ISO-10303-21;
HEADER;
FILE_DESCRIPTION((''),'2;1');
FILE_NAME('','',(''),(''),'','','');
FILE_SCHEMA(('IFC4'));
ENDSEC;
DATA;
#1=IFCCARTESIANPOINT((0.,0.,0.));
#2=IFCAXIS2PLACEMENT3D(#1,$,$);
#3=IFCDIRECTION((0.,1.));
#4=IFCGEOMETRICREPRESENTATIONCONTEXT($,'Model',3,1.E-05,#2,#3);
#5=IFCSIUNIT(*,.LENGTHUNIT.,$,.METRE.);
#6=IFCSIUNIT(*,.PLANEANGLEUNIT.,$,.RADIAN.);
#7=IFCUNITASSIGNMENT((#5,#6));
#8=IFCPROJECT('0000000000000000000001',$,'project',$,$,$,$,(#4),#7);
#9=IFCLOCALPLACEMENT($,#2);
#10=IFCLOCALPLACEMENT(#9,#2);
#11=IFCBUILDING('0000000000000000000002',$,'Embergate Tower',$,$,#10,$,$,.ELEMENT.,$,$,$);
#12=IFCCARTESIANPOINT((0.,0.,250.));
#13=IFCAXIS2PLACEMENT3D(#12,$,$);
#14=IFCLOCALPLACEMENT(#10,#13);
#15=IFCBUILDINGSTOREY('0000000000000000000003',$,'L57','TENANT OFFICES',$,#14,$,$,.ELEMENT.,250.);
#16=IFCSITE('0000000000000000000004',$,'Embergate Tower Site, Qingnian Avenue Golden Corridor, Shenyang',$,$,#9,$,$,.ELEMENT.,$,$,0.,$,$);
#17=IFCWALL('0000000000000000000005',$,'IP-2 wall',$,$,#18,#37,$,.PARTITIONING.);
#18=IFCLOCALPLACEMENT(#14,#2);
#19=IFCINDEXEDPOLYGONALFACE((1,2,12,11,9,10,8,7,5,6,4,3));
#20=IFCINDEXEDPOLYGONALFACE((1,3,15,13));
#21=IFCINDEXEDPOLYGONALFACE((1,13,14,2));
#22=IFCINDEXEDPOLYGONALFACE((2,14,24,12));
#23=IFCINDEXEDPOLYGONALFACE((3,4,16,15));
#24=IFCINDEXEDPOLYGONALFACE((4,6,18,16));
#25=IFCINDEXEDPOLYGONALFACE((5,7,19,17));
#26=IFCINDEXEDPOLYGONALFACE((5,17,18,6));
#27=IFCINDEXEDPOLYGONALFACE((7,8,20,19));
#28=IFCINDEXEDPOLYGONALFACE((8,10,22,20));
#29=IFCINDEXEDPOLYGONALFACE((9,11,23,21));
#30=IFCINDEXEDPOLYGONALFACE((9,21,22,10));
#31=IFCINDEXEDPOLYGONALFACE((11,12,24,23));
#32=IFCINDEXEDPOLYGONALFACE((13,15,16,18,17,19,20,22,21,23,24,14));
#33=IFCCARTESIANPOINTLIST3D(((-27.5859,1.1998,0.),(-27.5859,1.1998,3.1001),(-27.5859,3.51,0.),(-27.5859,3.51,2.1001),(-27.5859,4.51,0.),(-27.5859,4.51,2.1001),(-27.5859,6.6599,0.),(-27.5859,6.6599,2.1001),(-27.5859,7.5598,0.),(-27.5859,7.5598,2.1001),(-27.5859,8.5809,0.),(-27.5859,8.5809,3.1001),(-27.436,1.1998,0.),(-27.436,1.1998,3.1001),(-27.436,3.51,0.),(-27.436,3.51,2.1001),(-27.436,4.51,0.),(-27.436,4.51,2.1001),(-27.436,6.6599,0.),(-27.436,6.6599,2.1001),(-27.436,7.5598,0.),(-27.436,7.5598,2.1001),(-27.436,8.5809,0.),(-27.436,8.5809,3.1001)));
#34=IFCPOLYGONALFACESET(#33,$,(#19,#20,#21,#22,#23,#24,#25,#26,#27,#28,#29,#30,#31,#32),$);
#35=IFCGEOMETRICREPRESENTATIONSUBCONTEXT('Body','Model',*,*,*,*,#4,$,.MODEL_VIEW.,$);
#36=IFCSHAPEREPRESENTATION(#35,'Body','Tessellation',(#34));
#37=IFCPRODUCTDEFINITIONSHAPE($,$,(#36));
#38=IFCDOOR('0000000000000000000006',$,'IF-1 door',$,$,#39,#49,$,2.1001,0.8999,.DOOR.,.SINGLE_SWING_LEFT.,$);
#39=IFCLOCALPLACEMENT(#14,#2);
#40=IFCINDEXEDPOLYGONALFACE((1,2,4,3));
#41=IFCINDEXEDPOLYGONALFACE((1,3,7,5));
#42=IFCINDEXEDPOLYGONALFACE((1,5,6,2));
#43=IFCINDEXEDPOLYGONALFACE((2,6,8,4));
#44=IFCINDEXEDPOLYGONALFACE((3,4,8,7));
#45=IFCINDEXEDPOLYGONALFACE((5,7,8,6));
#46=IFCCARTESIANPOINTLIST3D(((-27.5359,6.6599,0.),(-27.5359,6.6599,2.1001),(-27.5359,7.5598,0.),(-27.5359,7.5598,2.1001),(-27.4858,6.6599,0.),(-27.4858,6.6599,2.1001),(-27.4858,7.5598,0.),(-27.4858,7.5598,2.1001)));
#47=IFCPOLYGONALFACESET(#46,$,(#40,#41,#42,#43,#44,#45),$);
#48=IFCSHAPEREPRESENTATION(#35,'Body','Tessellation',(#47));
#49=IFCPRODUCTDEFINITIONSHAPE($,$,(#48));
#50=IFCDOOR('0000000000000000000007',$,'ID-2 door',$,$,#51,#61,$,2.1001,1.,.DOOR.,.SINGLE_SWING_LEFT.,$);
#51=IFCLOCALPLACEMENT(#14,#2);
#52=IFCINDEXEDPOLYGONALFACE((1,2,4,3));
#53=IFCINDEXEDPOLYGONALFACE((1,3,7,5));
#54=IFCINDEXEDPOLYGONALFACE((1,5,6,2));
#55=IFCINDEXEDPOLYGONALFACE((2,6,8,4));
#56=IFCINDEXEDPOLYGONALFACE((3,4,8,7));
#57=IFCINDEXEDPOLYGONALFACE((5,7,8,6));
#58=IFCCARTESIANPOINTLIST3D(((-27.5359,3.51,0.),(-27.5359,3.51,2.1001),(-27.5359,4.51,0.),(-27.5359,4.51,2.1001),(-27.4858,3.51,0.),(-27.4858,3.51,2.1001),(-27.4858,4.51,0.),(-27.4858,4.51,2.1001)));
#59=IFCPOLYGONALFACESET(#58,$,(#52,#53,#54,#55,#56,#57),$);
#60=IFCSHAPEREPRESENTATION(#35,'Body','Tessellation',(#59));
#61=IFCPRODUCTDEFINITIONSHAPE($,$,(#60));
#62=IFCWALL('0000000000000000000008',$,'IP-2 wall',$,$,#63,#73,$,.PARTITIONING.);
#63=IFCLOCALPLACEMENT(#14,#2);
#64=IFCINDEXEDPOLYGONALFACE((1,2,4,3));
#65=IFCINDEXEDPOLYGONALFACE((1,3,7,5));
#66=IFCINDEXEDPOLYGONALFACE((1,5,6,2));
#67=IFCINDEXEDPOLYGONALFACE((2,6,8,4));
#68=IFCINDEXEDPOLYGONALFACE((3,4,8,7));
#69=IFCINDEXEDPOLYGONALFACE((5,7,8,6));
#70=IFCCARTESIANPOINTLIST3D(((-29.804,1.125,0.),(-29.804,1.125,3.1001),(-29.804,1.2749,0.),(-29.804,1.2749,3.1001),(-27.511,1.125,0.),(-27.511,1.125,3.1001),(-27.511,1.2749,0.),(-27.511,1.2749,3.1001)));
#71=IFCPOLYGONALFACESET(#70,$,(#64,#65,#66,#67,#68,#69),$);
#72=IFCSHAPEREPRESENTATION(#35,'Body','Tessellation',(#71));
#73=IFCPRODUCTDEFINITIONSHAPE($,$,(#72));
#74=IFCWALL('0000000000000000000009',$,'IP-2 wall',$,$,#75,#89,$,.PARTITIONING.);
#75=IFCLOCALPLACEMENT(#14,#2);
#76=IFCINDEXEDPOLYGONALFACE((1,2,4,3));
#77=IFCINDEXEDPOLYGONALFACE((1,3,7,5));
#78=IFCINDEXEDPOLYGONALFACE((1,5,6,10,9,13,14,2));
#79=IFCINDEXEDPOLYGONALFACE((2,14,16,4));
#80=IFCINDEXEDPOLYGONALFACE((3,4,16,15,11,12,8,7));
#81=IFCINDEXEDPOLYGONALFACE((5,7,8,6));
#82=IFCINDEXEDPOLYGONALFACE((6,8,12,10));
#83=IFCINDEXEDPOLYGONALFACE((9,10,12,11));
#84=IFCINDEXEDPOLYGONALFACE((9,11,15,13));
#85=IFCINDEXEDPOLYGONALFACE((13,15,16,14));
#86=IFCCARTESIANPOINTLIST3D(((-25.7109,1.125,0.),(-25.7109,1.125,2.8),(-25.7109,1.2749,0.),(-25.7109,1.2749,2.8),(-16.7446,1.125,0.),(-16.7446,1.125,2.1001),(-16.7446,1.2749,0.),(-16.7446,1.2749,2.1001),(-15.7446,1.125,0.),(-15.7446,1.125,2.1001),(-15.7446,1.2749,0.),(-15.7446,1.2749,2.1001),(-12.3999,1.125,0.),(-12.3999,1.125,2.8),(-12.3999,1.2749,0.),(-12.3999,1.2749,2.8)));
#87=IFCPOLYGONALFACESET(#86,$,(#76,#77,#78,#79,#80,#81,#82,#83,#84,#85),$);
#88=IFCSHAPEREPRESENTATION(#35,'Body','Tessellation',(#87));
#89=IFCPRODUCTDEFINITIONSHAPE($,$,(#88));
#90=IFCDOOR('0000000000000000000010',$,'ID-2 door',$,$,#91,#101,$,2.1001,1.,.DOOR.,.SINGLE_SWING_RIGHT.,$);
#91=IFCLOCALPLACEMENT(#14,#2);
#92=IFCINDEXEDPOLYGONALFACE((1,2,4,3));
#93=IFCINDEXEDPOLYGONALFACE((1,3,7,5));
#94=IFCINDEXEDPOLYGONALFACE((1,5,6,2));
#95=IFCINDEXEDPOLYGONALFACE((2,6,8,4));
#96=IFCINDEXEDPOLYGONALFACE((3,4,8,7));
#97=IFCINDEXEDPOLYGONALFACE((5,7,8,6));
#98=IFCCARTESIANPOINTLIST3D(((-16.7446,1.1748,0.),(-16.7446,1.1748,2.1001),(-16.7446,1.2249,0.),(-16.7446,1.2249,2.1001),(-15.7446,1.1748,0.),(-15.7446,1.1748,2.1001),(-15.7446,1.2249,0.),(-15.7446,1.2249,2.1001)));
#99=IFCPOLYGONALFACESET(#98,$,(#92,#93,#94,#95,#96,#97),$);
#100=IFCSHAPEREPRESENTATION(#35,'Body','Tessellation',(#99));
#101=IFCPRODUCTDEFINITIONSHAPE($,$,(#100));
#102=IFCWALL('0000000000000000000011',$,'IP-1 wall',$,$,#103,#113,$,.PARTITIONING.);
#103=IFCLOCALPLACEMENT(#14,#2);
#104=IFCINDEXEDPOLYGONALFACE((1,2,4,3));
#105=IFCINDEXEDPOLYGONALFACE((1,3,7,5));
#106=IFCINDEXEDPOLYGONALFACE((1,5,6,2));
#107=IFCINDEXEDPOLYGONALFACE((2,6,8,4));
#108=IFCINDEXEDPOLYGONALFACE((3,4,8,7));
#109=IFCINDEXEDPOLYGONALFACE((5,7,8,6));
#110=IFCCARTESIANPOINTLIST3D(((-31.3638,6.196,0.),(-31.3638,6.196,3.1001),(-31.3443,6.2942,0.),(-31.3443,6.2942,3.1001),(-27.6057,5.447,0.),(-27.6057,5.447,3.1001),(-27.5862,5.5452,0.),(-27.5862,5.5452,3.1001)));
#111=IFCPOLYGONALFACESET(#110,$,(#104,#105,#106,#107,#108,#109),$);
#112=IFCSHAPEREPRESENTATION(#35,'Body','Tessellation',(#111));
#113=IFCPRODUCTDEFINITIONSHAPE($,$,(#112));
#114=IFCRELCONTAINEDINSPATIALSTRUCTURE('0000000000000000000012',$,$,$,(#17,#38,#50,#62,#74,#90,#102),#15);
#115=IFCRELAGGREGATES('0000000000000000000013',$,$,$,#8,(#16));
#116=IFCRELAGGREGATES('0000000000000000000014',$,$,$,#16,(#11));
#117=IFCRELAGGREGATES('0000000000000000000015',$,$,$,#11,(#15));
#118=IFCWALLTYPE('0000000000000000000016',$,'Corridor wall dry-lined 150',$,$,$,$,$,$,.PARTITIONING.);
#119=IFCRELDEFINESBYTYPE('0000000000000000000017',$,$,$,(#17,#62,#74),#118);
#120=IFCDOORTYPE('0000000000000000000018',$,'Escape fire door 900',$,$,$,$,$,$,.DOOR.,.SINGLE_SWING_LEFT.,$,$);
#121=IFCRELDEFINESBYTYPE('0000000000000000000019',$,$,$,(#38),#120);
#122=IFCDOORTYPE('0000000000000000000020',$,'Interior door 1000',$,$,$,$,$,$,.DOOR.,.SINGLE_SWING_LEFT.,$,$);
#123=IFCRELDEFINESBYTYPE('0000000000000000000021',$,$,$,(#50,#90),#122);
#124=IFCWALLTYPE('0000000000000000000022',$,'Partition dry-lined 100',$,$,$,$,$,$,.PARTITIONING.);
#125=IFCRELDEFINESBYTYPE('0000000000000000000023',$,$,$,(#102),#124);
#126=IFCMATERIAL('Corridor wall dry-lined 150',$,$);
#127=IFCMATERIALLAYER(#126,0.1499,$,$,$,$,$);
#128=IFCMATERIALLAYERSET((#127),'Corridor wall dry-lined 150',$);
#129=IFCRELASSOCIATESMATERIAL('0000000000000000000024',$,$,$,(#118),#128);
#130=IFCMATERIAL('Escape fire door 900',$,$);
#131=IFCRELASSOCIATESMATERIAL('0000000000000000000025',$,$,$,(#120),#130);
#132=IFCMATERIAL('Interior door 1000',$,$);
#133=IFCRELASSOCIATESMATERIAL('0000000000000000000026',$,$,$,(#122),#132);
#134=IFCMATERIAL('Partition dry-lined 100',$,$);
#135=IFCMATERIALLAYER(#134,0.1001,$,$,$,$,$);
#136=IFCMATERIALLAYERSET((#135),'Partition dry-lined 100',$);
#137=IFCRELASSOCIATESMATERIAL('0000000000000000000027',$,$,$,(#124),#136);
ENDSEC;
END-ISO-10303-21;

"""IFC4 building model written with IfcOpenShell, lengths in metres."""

from ifc_helpers import new_model, si_unit, direction, frame, frame_2d, origin, place, context, subcontext, project, spatial, rectangle, extrude, source, transform, mapped, material, layer, layer_set, type_object, element, fill, save


model = new_model("IFC4")

# Units and contexts
model_context = context("Model", 3, precision=1e-05, world=origin(), true_north=direction((0.0, 1.0)))
body_context = subcontext(model_context, "Body", "Model", "MODEL_VIEW")
ifc_project = project(units=[si_unit("LENGTHUNIT", "METRE"), si_unit("PLANEANGLEUNIT", "RADIAN")], contexts=[model_context])

# Site, building, storey
site_placement = place(None, origin())
site = spatial("IfcSite", under=ifc_project, at=site_placement, Name="Embergate Tower Site, Qingnian Avenue Golden Corridor, Shenyang", CompositionType="ELEMENT", RefElevation=0.0)
building_placement = place(site_placement, origin())
building = spatial("IfcBuilding", under=site, at=building_placement, Name="Embergate Tower", CompositionType="ELEMENT")
storey_placement = place(building_placement, frame((0.0, 0.0, 250.0)))
storey = spatial("IfcBuildingStorey", under=building, at=storey_placement, Name="L57", Description="TENANT OFFICES", CompositionType="ELEMENT", Elevation=250.0)

# Wall, openings, doors
ifc_material_1 = material(Name="Corridor wall dry-lined 150")
ifc_layer_1 = layer(ifc_material_1, 0.1499)
ifc_layer_set_1 = layer_set([ifc_layer_1], Name="Corridor wall dry-lined 150")
wall_type_1 = type_object("IfcWallType", Name="Corridor wall dry-lined 150", PredefinedType="PARTITIONING", material=ifc_layer_set_1)
shared_shape_1 = source(origin(), body_context, "Body", "SweptSolid", [
    extrude(rectangle(XDim=7.3811, YDim=0.1499, at=frame_2d((3.6904, 0.0))), origin(), (0.0, 0.0, 1.0), 3.1001),
])
wall_1_placement = place(storey_placement, frame((-27.511, 1.2, 0.0), z_axis=(0.0, 0.0, 1.0), x_axis=(0.0, 1.0, 0.0)))
wall_1 = element("IfcWall", 1, at=wall_1_placement, inside=storey, type_object=wall_type_1, Name="IP-2 wall", PredefinedType="PARTITIONING", context=body_context, shape_type="MappedRepresentation", body=[
    mapped(shared_shape_1, transform((0.0, 0.0, 0.0))),
])
shared_shape_2 = source(origin(), body_context, "Body", "SweptSolid", [
    extrude(rectangle(XDim=0.8999, YDim=2.1001, at=frame_2d((0.45, 1.05))), frame((0.0, 0.085, 0.0), z_axis=(0.0, -1.0, 0.0), x_axis=(1.0, 0.0, 0.0)), (0.0, 0.0, 1.0), 0.1699),
])
opening_1_placement = place(wall_1_placement, frame((5.46, 0.0, 0.0)))
opening_1 = element("IfcOpeningElement", 2, at=opening_1_placement, cuts=wall_1, PredefinedType="OPENING", context=body_context, shape_type="MappedRepresentation", body=[
    mapped(shared_shape_2, transform((0.0, 0.0, 0.0))),
])
shared_shape_3 = source(origin(), body_context, "Body", "SweptSolid", [
    extrude(rectangle(XDim=1.0, YDim=2.1001, at=frame_2d((0.5, 1.05))), frame((0.0, 0.085, 0.0), z_axis=(0.0, -1.0, 0.0), x_axis=(1.0, 0.0, 0.0)), (0.0, 0.0, 1.0), 0.1699),
])
opening_2_placement = place(wall_1_placement, frame((2.3101, 0.0, 0.0)))
opening_2 = element("IfcOpeningElement", 3, at=opening_2_placement, cuts=wall_1, PredefinedType="OPENING", context=body_context, shape_type="MappedRepresentation", body=[
    mapped(shared_shape_3, transform((0.0, 0.0, 0.0))),
])
ifc_material_2 = material(Name="Escape fire door 900")
door_type_1 = type_object("IfcDoorType", Name="Escape fire door 900", OperationType="SINGLE_SWING_LEFT", PredefinedType="DOOR", material=ifc_material_2)
shared_shape_4 = source(origin(), body_context, "Body", "SweptSolid", [
    extrude(rectangle(XDim=0.8999, YDim=2.1001, at=frame_2d((0.45, 1.05))), frame((0.0, 0.0249, 0.0), z_axis=(0.0, -1.0, 0.0), x_axis=(1.0, 0.0, 0.0)), (0.0, 0.0, 1.0), 0.05),
])
door_1_placement = place(opening_1_placement, origin())
door_1 = element("IfcDoor", 4, at=door_1_placement, inside=storey, type_object=door_type_1, Name="IF-1 door", OperationType="SINGLE_SWING_LEFT", OverallHeight=2.1001, OverallWidth=0.8999, PredefinedType="DOOR", context=body_context, shape_type="MappedRepresentation", body=[
    mapped(shared_shape_4, transform((0.0, 0.0, 0.0))),
])
fill(opening_1, door_1)
ifc_material_3 = material(Name="Interior door 1000")
door_type_2 = type_object("IfcDoorType", Name="Interior door 1000", OperationType="SINGLE_SWING_LEFT", PredefinedType="DOOR", material=ifc_material_3)
shared_shape_5 = source(origin(), body_context, "Body", "SweptSolid", [
    extrude(rectangle(XDim=1.0, YDim=2.1001, at=frame_2d((0.5, 1.05))), frame((0.0, 0.0249, 0.0), z_axis=(0.0, -1.0, 0.0), x_axis=(1.0, 0.0, 0.0)), (0.0, 0.0, 1.0), 0.05),
])
door_2_placement = place(opening_2_placement, origin())
door_2 = element("IfcDoor", 5, at=door_2_placement, inside=storey, type_object=door_type_2, Name="ID-2 door", OperationType="SINGLE_SWING_LEFT", OverallHeight=2.1001, OverallWidth=1.0, PredefinedType="DOOR", context=body_context, shape_type="MappedRepresentation", body=[
    mapped(shared_shape_5, transform((0.0, 0.0, 0.0))),
])
fill(opening_2, door_2)

# Wall
shared_shape_6 = source(origin(), body_context, "Body", "SweptSolid", [
    extrude(rectangle(XDim=2.293, YDim=0.1499, at=frame_2d((1.1465, 0.0))), origin(), (0.0, 0.0, 1.0), 3.1001),
])
wall_2_placement = place(storey_placement, frame((-29.804, 1.2, 0.0), z_axis=(0.0, 0.0, 1.0), x_axis=(1.0, 0.0, 0.0)))
element("IfcWall", 6, at=wall_2_placement, inside=storey, type_object=wall_type_1, Name="IP-2 wall", PredefinedType="PARTITIONING", context=body_context, shape_type="MappedRepresentation", body=[
    mapped(shared_shape_6, transform((0.0, 0.0, 0.0))),
])

# Wall, opening, door
shared_shape_7 = source(origin(), body_context, "Body", "SweptSolid", [
    extrude(rectangle(XDim=13.311, YDim=0.1499, at=frame_2d((6.6555, 0.0))), origin(), (0.0, 0.0, 1.0), 2.8),
])
wall_3_placement = place(storey_placement, frame((-25.7109, 1.2, 0.0), z_axis=(0.0, 0.0, 1.0), x_axis=(1.0, 0.0, 0.0)))
wall_3 = element("IfcWall", 7, at=wall_3_placement, inside=storey, type_object=wall_type_1, Name="IP-2 wall", PredefinedType="PARTITIONING", context=body_context, shape_type="MappedRepresentation", body=[
    mapped(shared_shape_7, transform((0.0, 0.0, 0.0))),
])
opening_3_placement = place(wall_3_placement, frame((8.9663, 0.0, 0.0)))
opening_3 = element("IfcOpeningElement", 8, at=opening_3_placement, cuts=wall_3, PredefinedType="OPENING", context=body_context, shape_type="MappedRepresentation", body=[
    mapped(shared_shape_3, transform((0.0, 0.0, 0.0))),
])
door_3_placement = place(opening_3_placement, origin())
door_3 = element("IfcDoor", 9, at=door_3_placement, inside=storey, type_object=door_type_2, Name="ID-2 door", OperationType="SINGLE_SWING_RIGHT", OverallHeight=2.1001, OverallWidth=1.0, PredefinedType="DOOR", context=body_context, shape_type="MappedRepresentation", body=[
    mapped(shared_shape_5, transform((0.0, 0.0, 0.0))),
])
fill(opening_3, door_3)

# Wall
ifc_material_4 = material(Name="Partition dry-lined 100")
ifc_layer_2 = layer(ifc_material_4, 0.1001)
ifc_layer_set_2 = layer_set([ifc_layer_2], Name="Partition dry-lined 100")
wall_type_2 = type_object("IfcWallType", Name="Partition dry-lined 100", PredefinedType="PARTITIONING", material=ifc_layer_set_2)
shared_shape_8 = source(origin(), body_context, "Body", "SweptSolid", [
    extrude(rectangle(XDim=3.832, YDim=0.1001, at=frame_2d((1.916, 0.0))), origin(), (0.0, 0.0, 1.0), 3.1001),
])
wall_4_placement = place(storey_placement, frame((-27.5959, 5.4961, 0.0), z_axis=(0.0, 0.0, 1.0), x_axis=(-0.98071, 0.195467, 0.0)))
element("IfcWall", 10, at=wall_4_placement, inside=storey, type_object=wall_type_2, Name="IP-1 wall", PredefinedType="PARTITIONING", context=body_context, shape_type="MappedRepresentation", body=[
    mapped(shared_shape_8, transform((0.0, 0.0, 0.0))),
])

save(model, "model.ifc")
